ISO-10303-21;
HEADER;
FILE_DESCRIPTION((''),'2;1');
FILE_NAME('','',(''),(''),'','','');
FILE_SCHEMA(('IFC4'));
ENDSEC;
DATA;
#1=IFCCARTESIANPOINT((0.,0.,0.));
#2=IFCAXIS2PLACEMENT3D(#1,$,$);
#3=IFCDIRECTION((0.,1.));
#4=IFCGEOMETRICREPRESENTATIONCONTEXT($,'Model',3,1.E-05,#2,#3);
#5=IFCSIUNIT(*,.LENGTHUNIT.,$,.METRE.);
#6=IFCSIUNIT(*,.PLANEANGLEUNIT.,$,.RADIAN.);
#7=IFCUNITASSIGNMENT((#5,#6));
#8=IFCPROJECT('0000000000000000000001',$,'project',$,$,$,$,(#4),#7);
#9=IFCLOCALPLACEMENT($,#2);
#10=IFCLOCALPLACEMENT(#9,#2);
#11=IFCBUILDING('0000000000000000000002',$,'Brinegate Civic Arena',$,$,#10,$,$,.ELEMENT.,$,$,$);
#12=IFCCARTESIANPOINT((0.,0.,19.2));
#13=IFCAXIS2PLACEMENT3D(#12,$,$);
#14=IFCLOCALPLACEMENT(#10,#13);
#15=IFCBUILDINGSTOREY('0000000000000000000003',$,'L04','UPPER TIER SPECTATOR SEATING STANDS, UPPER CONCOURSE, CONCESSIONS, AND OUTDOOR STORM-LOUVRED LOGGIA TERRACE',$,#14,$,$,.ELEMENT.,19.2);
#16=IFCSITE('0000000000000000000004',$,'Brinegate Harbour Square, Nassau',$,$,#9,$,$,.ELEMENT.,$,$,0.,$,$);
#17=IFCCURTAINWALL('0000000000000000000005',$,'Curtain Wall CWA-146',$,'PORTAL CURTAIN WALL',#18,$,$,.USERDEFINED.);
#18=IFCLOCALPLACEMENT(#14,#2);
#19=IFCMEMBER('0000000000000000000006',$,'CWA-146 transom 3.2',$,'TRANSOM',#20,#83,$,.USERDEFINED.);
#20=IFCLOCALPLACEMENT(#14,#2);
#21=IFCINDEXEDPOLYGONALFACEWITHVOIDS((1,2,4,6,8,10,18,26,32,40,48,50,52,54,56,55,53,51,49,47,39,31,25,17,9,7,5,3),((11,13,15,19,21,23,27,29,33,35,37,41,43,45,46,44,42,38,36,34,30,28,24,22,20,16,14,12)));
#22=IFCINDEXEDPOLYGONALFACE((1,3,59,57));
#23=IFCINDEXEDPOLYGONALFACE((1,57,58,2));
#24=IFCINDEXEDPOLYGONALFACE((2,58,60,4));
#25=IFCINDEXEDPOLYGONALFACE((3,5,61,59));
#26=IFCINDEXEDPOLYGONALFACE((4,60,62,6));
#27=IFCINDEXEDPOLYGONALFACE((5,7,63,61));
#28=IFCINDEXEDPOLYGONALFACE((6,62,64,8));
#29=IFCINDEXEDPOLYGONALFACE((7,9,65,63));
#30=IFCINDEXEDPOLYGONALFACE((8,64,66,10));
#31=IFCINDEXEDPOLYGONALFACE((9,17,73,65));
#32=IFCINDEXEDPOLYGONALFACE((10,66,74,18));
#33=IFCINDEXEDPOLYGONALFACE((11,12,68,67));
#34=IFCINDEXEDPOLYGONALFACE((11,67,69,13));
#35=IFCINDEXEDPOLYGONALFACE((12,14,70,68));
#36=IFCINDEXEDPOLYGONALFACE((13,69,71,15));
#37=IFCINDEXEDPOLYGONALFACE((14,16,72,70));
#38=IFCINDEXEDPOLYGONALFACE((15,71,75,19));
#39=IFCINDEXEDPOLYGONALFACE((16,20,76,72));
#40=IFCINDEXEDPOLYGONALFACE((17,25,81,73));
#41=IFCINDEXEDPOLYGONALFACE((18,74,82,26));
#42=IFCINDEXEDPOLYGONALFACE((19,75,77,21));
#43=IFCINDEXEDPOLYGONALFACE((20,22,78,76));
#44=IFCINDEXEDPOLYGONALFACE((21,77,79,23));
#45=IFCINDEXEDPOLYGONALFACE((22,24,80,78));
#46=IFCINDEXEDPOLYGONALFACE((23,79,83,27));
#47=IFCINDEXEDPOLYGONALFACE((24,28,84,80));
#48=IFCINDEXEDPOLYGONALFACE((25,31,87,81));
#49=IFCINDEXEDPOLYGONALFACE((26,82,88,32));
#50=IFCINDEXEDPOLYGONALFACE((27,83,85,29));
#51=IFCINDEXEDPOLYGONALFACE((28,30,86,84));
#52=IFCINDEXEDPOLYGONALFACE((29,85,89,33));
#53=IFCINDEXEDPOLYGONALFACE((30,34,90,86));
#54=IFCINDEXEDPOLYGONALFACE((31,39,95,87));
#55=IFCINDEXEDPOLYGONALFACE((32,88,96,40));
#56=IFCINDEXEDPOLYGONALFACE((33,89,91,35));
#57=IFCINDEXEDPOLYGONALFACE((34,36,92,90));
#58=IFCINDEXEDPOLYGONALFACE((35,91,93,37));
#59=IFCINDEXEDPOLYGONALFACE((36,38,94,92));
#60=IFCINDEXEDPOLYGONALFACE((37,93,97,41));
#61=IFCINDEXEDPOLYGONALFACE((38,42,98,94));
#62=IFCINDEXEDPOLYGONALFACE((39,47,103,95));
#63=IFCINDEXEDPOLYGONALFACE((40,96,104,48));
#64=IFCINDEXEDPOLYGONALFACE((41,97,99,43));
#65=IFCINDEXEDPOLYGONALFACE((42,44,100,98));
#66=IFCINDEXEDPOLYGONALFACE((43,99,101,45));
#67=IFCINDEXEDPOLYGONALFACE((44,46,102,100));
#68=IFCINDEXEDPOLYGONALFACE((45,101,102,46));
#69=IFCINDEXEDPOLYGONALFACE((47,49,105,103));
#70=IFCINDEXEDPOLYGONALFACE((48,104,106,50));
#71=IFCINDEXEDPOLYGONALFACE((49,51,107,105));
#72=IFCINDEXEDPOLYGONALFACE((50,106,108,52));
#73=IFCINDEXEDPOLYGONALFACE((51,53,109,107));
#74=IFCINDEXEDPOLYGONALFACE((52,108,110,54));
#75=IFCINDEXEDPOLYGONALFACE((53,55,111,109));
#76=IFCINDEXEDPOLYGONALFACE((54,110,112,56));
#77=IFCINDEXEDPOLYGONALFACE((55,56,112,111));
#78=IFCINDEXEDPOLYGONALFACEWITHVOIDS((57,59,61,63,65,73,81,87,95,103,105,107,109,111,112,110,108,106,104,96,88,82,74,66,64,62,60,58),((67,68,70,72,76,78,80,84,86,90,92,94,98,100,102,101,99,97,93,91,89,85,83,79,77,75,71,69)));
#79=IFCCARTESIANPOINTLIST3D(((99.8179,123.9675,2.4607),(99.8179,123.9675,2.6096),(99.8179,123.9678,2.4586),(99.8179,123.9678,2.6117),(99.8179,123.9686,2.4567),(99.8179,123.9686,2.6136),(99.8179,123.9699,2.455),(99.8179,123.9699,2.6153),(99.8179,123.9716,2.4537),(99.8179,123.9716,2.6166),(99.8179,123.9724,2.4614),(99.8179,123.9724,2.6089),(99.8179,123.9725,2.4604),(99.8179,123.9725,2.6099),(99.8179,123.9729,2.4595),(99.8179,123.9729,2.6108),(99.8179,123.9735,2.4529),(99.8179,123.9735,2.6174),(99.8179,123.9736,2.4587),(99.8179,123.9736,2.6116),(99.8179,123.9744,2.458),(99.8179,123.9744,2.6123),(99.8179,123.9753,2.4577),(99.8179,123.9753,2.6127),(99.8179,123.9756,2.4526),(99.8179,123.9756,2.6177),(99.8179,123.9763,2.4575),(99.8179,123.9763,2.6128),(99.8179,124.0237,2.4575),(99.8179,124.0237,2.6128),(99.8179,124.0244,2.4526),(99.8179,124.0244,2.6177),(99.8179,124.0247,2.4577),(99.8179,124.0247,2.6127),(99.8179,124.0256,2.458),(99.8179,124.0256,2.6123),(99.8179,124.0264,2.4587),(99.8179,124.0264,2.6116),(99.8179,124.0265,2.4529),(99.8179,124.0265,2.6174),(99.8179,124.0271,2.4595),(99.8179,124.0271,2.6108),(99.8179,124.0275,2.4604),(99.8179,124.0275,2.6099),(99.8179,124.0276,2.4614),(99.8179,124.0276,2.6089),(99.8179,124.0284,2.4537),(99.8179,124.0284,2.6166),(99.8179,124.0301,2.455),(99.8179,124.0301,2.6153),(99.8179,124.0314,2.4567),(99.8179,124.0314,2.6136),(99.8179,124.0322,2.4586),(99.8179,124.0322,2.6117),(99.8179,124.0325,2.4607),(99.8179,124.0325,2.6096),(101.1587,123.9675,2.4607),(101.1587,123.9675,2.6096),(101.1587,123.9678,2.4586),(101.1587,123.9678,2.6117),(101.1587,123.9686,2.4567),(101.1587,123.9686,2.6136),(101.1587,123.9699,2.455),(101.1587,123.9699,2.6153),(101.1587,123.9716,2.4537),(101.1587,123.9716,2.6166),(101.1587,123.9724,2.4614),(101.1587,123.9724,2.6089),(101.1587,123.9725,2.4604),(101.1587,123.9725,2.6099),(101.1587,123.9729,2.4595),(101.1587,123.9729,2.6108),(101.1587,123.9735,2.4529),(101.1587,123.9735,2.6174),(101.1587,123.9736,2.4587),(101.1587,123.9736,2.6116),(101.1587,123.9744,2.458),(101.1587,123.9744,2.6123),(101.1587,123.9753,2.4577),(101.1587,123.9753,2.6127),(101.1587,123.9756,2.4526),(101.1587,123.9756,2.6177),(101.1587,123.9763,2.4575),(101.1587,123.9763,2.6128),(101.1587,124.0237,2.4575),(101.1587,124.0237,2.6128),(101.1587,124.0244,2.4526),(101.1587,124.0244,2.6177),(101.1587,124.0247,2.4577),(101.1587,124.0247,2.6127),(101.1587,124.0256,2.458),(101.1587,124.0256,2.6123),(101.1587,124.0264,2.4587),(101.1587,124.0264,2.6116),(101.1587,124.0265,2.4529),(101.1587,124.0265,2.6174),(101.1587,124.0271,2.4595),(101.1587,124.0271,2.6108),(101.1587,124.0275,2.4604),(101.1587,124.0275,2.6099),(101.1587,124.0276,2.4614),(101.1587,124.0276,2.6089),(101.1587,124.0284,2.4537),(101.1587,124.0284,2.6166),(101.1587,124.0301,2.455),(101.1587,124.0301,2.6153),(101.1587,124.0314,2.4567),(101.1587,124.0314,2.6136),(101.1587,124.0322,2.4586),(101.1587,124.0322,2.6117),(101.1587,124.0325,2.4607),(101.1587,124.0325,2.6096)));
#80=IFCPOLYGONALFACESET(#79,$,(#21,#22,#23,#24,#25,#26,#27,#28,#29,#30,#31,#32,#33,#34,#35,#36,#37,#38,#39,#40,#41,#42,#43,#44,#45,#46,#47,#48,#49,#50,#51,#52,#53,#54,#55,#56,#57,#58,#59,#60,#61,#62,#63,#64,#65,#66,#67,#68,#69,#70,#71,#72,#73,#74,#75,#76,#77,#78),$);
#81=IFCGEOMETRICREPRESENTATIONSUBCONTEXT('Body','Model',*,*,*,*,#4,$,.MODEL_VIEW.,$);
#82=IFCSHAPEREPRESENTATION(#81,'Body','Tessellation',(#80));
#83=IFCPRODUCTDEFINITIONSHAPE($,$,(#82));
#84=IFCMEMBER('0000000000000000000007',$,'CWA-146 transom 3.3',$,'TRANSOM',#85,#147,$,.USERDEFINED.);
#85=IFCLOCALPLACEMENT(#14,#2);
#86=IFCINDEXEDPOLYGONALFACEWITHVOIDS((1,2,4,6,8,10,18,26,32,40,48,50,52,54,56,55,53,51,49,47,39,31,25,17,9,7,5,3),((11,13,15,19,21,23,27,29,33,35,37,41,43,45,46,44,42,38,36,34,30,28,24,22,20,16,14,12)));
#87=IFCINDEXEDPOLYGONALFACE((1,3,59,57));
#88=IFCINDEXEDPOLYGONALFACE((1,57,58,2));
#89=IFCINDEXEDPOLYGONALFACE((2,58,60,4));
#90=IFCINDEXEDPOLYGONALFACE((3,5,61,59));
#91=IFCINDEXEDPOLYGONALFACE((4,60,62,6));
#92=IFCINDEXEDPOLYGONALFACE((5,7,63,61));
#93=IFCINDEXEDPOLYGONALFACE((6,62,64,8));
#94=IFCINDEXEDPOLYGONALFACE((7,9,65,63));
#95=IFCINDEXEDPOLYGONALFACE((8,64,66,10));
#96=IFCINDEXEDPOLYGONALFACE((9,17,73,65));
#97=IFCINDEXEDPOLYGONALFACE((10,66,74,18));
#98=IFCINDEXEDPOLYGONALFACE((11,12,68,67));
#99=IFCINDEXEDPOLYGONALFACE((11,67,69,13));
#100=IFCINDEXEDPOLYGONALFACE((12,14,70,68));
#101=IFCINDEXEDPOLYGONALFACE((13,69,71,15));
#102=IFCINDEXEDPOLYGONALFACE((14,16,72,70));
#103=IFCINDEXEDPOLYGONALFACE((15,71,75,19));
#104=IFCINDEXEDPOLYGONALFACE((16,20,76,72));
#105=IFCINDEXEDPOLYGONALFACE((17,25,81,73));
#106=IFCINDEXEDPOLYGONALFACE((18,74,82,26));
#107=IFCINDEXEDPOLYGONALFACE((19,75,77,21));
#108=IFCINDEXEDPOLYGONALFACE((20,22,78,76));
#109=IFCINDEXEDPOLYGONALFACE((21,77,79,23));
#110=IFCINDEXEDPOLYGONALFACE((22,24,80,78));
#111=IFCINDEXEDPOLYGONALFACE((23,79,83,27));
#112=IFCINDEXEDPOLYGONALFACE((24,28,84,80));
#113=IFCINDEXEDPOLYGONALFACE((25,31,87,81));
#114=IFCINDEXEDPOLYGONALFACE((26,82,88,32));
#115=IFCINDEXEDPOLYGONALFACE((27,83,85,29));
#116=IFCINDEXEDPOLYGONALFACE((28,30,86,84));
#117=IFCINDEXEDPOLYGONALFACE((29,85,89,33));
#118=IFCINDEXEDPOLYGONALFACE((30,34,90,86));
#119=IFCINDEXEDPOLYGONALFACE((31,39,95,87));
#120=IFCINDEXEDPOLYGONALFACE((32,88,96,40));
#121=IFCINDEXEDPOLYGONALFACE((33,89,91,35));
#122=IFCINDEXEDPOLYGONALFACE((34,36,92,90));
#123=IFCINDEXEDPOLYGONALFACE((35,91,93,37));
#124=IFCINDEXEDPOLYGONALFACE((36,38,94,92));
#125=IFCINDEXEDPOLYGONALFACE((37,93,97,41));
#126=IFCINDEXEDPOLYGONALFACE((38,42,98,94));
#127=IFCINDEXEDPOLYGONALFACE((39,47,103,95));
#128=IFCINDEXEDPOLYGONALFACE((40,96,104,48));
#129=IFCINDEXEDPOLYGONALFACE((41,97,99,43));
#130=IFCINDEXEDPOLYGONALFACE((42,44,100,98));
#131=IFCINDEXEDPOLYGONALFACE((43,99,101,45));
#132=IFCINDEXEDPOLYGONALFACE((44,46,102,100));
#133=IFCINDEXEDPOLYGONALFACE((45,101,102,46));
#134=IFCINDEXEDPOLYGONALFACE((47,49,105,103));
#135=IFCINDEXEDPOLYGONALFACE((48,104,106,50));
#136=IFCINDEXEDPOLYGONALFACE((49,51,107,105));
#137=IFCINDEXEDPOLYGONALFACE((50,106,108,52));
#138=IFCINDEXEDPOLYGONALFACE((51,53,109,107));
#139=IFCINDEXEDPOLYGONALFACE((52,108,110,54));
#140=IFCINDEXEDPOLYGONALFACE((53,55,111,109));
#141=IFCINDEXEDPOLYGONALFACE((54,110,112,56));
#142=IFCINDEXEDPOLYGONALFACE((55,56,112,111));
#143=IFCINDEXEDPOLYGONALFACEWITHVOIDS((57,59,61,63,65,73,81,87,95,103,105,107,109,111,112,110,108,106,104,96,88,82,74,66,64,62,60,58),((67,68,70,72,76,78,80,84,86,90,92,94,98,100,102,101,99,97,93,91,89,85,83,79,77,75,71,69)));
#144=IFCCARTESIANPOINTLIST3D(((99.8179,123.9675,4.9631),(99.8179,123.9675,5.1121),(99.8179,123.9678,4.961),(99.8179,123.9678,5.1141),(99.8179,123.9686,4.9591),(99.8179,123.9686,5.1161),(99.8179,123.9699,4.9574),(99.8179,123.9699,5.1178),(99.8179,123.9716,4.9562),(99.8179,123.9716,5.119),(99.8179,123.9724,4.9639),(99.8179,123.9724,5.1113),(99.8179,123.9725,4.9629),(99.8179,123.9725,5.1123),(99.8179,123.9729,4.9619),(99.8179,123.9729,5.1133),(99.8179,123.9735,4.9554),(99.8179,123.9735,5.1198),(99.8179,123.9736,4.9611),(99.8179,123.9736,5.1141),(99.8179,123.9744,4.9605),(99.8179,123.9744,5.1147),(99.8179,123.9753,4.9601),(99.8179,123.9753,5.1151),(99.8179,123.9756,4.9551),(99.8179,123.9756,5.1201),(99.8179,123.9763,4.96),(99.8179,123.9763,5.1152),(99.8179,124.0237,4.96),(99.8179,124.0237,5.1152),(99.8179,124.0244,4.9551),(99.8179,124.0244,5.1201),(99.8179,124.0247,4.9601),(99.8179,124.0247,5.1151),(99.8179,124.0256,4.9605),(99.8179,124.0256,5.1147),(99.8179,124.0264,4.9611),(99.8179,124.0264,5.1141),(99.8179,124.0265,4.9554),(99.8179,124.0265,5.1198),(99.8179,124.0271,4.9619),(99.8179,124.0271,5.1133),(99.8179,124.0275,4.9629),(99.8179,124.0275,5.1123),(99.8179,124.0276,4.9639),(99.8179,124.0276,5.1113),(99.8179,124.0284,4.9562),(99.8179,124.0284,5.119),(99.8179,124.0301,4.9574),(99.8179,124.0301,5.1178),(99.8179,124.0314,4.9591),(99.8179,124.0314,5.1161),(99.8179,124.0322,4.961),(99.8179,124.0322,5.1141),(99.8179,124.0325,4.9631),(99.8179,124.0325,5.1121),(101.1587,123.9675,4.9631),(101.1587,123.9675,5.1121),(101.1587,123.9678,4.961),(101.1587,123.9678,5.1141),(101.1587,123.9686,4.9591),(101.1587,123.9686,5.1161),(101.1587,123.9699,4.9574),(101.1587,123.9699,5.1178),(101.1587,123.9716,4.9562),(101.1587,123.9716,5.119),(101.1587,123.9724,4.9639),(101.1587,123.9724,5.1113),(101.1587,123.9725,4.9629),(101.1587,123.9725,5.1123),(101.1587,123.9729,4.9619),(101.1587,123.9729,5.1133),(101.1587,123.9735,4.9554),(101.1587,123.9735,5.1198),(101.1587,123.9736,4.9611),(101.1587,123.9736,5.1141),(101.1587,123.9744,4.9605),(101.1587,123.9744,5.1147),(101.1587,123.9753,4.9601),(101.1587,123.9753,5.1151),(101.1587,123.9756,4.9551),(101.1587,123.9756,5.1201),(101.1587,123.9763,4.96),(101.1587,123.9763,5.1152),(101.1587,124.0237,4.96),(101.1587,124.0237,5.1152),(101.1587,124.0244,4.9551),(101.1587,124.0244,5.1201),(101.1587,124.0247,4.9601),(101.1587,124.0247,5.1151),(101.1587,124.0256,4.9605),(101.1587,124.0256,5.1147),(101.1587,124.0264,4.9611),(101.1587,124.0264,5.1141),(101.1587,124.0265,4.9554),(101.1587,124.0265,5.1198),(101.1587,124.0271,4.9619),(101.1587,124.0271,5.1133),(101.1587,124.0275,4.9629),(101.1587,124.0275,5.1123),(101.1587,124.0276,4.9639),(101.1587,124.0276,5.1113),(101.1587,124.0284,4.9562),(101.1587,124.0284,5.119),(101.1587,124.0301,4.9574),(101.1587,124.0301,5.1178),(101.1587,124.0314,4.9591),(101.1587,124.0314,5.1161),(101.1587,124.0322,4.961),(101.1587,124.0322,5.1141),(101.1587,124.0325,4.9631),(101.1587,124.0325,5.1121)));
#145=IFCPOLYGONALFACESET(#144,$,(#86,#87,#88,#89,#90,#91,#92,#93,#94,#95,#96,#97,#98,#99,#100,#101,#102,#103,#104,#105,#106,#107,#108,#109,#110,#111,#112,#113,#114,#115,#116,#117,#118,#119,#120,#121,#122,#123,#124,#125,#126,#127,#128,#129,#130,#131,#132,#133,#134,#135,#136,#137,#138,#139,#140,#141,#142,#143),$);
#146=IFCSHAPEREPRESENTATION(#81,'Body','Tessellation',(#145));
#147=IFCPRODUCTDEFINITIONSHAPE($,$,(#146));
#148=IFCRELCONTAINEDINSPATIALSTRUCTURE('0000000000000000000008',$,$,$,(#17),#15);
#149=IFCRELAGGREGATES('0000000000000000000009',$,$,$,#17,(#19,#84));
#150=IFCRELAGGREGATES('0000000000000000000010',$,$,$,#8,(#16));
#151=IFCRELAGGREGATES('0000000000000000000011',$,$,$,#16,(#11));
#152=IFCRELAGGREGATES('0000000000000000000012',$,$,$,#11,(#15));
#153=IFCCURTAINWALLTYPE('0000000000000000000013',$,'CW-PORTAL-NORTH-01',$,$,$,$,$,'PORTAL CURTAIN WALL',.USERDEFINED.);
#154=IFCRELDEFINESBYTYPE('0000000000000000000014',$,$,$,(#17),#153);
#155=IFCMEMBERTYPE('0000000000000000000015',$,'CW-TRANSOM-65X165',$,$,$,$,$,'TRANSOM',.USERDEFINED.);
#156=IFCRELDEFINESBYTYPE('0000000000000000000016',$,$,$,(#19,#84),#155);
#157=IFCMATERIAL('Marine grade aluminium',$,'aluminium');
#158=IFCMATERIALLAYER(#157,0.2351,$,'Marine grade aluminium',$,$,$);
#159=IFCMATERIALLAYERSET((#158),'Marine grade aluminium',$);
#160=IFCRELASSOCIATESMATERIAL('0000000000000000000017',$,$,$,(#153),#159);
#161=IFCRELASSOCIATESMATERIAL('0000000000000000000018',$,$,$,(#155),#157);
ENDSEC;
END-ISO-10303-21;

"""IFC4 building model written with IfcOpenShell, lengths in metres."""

from ifc_helpers import new_model, si_unit, direction, frame, origin, origin_2d, place, context, subcontext, project, spatial, hollow_rectangle, extrude, material, layer, layer_set, material_profile, profile_set, type_object, element, aggregate, save


model = new_model("IFC4")

# Units and contexts
model_context = context("Model", 3, precision=1e-05, world=origin(), true_north=direction((0.0, 1.0)))
body_context = subcontext(model_context, "Body", "Model", "MODEL_VIEW")
ifc_project = project(units=[si_unit("LENGTHUNIT", "METRE"), si_unit("PLANEANGLEUNIT", "RADIAN")], contexts=[model_context])

# Site, building, storey
site_placement = place(None, origin())
site = spatial("IfcSite", under=ifc_project, at=site_placement, Name="Brinegate Harbour Square, Nassau", CompositionType="ELEMENT", RefElevation=0.0)
building_placement = place(site_placement, origin())
building = spatial("IfcBuilding", under=site, at=building_placement, Name="Brinegate Civic Arena", CompositionType="ELEMENT")
storey_placement = place(building_placement, frame((0.0, 0.0, 19.2)))
storey = spatial("IfcBuildingStorey", under=building, at=storey_placement, Name="L04", Description="UPPER TIER SPECTATOR SEATING STANDS, UPPER CONCOURSE, CONCESSIONS, AND OUTDOOR STORM-LOUVRED LOGGIA TERRACE", CompositionType="ELEMENT", Elevation=19.2)

# Curtain wall, members
ifc_material_1 = material(Name="Marine grade aluminium", Category="aluminium")
ifc_layer_1 = layer(ifc_material_1, 0.2351, Name="Marine grade aluminium")
ifc_layer_set_1 = layer_set([ifc_layer_1], Name="Marine grade aluminium")
curtain_wall_type = type_object("IfcCurtainWallType", Name="CW-PORTAL-NORTH-01", ElementType="PORTAL CURTAIN WALL", PredefinedType="USERDEFINED", material=ifc_layer_set_1)
curtain_wall_placement = place(storey_placement, origin())
curtain_wall = element("IfcCurtainWall", 1, at=curtain_wall_placement, inside=storey, type_object=curtain_wall_type, Name="Curtain Wall CWA-146", ObjectType="PORTAL CURTAIN WALL", PredefinedType="USERDEFINED")
ifc_material_profile_1 = material_profile(ifc_material_1, hollow_rectangle(XDim=0.0649, YDim=0.165, WallThickness=0.0049, InnerFilletRadius=0.0039, OuterFilletRadius=0.0081, at=origin_2d()), Name="TRN65X165")
ifc_profile_set_1 = profile_set([ifc_material_profile_1], Name="Marine grade aluminium")
member_type_1 = type_object("IfcMemberType", Name="CW-TRANSOM-65X165", ElementType="TRANSOM", PredefinedType="USERDEFINED", material=ifc_profile_set_1)
member_1_placement = place(storey_placement, frame((99.8179, 124.0, 2.5352), z_axis=(1.0, 0.0, 0.0), x_axis=(0.0, 1.0, 0.0)))
member_1 = element("IfcMember", 2, at=member_1_placement, type_object=member_type_1, Name="CWA-146 transom 3.2", ObjectType="TRANSOM", PredefinedType="USERDEFINED", context=body_context, shape_type="SweptSolid", body=[
    extrude(hollow_rectangle(XDim=0.0649, YDim=0.165, WallThickness=0.0049, InnerFilletRadius=0.0039, OuterFilletRadius=0.0081, at=origin_2d()), origin(), (0.0, 0.0, 1.0), 1.3408),
])
member_2_placement = place(storey_placement, frame((99.8179, 124.0, 5.0376), z_axis=(1.0, 0.0, 0.0), x_axis=(0.0, 1.0, 0.0)))
member_2 = element("IfcMember", 3, at=member_2_placement, type_object=member_type_1, Name="CWA-146 transom 3.3", ObjectType="TRANSOM", PredefinedType="USERDEFINED", context=body_context, shape_type="SweptSolid", body=[
    extrude(hollow_rectangle(XDim=0.0649, YDim=0.165, WallThickness=0.0049, InnerFilletRadius=0.0039, OuterFilletRadius=0.0081, at=origin_2d()), origin(), (0.0, 0.0, 1.0), 1.3408),
])
aggregate(curtain_wall, [member_1, member_2])

save(model, "model.ifc")
